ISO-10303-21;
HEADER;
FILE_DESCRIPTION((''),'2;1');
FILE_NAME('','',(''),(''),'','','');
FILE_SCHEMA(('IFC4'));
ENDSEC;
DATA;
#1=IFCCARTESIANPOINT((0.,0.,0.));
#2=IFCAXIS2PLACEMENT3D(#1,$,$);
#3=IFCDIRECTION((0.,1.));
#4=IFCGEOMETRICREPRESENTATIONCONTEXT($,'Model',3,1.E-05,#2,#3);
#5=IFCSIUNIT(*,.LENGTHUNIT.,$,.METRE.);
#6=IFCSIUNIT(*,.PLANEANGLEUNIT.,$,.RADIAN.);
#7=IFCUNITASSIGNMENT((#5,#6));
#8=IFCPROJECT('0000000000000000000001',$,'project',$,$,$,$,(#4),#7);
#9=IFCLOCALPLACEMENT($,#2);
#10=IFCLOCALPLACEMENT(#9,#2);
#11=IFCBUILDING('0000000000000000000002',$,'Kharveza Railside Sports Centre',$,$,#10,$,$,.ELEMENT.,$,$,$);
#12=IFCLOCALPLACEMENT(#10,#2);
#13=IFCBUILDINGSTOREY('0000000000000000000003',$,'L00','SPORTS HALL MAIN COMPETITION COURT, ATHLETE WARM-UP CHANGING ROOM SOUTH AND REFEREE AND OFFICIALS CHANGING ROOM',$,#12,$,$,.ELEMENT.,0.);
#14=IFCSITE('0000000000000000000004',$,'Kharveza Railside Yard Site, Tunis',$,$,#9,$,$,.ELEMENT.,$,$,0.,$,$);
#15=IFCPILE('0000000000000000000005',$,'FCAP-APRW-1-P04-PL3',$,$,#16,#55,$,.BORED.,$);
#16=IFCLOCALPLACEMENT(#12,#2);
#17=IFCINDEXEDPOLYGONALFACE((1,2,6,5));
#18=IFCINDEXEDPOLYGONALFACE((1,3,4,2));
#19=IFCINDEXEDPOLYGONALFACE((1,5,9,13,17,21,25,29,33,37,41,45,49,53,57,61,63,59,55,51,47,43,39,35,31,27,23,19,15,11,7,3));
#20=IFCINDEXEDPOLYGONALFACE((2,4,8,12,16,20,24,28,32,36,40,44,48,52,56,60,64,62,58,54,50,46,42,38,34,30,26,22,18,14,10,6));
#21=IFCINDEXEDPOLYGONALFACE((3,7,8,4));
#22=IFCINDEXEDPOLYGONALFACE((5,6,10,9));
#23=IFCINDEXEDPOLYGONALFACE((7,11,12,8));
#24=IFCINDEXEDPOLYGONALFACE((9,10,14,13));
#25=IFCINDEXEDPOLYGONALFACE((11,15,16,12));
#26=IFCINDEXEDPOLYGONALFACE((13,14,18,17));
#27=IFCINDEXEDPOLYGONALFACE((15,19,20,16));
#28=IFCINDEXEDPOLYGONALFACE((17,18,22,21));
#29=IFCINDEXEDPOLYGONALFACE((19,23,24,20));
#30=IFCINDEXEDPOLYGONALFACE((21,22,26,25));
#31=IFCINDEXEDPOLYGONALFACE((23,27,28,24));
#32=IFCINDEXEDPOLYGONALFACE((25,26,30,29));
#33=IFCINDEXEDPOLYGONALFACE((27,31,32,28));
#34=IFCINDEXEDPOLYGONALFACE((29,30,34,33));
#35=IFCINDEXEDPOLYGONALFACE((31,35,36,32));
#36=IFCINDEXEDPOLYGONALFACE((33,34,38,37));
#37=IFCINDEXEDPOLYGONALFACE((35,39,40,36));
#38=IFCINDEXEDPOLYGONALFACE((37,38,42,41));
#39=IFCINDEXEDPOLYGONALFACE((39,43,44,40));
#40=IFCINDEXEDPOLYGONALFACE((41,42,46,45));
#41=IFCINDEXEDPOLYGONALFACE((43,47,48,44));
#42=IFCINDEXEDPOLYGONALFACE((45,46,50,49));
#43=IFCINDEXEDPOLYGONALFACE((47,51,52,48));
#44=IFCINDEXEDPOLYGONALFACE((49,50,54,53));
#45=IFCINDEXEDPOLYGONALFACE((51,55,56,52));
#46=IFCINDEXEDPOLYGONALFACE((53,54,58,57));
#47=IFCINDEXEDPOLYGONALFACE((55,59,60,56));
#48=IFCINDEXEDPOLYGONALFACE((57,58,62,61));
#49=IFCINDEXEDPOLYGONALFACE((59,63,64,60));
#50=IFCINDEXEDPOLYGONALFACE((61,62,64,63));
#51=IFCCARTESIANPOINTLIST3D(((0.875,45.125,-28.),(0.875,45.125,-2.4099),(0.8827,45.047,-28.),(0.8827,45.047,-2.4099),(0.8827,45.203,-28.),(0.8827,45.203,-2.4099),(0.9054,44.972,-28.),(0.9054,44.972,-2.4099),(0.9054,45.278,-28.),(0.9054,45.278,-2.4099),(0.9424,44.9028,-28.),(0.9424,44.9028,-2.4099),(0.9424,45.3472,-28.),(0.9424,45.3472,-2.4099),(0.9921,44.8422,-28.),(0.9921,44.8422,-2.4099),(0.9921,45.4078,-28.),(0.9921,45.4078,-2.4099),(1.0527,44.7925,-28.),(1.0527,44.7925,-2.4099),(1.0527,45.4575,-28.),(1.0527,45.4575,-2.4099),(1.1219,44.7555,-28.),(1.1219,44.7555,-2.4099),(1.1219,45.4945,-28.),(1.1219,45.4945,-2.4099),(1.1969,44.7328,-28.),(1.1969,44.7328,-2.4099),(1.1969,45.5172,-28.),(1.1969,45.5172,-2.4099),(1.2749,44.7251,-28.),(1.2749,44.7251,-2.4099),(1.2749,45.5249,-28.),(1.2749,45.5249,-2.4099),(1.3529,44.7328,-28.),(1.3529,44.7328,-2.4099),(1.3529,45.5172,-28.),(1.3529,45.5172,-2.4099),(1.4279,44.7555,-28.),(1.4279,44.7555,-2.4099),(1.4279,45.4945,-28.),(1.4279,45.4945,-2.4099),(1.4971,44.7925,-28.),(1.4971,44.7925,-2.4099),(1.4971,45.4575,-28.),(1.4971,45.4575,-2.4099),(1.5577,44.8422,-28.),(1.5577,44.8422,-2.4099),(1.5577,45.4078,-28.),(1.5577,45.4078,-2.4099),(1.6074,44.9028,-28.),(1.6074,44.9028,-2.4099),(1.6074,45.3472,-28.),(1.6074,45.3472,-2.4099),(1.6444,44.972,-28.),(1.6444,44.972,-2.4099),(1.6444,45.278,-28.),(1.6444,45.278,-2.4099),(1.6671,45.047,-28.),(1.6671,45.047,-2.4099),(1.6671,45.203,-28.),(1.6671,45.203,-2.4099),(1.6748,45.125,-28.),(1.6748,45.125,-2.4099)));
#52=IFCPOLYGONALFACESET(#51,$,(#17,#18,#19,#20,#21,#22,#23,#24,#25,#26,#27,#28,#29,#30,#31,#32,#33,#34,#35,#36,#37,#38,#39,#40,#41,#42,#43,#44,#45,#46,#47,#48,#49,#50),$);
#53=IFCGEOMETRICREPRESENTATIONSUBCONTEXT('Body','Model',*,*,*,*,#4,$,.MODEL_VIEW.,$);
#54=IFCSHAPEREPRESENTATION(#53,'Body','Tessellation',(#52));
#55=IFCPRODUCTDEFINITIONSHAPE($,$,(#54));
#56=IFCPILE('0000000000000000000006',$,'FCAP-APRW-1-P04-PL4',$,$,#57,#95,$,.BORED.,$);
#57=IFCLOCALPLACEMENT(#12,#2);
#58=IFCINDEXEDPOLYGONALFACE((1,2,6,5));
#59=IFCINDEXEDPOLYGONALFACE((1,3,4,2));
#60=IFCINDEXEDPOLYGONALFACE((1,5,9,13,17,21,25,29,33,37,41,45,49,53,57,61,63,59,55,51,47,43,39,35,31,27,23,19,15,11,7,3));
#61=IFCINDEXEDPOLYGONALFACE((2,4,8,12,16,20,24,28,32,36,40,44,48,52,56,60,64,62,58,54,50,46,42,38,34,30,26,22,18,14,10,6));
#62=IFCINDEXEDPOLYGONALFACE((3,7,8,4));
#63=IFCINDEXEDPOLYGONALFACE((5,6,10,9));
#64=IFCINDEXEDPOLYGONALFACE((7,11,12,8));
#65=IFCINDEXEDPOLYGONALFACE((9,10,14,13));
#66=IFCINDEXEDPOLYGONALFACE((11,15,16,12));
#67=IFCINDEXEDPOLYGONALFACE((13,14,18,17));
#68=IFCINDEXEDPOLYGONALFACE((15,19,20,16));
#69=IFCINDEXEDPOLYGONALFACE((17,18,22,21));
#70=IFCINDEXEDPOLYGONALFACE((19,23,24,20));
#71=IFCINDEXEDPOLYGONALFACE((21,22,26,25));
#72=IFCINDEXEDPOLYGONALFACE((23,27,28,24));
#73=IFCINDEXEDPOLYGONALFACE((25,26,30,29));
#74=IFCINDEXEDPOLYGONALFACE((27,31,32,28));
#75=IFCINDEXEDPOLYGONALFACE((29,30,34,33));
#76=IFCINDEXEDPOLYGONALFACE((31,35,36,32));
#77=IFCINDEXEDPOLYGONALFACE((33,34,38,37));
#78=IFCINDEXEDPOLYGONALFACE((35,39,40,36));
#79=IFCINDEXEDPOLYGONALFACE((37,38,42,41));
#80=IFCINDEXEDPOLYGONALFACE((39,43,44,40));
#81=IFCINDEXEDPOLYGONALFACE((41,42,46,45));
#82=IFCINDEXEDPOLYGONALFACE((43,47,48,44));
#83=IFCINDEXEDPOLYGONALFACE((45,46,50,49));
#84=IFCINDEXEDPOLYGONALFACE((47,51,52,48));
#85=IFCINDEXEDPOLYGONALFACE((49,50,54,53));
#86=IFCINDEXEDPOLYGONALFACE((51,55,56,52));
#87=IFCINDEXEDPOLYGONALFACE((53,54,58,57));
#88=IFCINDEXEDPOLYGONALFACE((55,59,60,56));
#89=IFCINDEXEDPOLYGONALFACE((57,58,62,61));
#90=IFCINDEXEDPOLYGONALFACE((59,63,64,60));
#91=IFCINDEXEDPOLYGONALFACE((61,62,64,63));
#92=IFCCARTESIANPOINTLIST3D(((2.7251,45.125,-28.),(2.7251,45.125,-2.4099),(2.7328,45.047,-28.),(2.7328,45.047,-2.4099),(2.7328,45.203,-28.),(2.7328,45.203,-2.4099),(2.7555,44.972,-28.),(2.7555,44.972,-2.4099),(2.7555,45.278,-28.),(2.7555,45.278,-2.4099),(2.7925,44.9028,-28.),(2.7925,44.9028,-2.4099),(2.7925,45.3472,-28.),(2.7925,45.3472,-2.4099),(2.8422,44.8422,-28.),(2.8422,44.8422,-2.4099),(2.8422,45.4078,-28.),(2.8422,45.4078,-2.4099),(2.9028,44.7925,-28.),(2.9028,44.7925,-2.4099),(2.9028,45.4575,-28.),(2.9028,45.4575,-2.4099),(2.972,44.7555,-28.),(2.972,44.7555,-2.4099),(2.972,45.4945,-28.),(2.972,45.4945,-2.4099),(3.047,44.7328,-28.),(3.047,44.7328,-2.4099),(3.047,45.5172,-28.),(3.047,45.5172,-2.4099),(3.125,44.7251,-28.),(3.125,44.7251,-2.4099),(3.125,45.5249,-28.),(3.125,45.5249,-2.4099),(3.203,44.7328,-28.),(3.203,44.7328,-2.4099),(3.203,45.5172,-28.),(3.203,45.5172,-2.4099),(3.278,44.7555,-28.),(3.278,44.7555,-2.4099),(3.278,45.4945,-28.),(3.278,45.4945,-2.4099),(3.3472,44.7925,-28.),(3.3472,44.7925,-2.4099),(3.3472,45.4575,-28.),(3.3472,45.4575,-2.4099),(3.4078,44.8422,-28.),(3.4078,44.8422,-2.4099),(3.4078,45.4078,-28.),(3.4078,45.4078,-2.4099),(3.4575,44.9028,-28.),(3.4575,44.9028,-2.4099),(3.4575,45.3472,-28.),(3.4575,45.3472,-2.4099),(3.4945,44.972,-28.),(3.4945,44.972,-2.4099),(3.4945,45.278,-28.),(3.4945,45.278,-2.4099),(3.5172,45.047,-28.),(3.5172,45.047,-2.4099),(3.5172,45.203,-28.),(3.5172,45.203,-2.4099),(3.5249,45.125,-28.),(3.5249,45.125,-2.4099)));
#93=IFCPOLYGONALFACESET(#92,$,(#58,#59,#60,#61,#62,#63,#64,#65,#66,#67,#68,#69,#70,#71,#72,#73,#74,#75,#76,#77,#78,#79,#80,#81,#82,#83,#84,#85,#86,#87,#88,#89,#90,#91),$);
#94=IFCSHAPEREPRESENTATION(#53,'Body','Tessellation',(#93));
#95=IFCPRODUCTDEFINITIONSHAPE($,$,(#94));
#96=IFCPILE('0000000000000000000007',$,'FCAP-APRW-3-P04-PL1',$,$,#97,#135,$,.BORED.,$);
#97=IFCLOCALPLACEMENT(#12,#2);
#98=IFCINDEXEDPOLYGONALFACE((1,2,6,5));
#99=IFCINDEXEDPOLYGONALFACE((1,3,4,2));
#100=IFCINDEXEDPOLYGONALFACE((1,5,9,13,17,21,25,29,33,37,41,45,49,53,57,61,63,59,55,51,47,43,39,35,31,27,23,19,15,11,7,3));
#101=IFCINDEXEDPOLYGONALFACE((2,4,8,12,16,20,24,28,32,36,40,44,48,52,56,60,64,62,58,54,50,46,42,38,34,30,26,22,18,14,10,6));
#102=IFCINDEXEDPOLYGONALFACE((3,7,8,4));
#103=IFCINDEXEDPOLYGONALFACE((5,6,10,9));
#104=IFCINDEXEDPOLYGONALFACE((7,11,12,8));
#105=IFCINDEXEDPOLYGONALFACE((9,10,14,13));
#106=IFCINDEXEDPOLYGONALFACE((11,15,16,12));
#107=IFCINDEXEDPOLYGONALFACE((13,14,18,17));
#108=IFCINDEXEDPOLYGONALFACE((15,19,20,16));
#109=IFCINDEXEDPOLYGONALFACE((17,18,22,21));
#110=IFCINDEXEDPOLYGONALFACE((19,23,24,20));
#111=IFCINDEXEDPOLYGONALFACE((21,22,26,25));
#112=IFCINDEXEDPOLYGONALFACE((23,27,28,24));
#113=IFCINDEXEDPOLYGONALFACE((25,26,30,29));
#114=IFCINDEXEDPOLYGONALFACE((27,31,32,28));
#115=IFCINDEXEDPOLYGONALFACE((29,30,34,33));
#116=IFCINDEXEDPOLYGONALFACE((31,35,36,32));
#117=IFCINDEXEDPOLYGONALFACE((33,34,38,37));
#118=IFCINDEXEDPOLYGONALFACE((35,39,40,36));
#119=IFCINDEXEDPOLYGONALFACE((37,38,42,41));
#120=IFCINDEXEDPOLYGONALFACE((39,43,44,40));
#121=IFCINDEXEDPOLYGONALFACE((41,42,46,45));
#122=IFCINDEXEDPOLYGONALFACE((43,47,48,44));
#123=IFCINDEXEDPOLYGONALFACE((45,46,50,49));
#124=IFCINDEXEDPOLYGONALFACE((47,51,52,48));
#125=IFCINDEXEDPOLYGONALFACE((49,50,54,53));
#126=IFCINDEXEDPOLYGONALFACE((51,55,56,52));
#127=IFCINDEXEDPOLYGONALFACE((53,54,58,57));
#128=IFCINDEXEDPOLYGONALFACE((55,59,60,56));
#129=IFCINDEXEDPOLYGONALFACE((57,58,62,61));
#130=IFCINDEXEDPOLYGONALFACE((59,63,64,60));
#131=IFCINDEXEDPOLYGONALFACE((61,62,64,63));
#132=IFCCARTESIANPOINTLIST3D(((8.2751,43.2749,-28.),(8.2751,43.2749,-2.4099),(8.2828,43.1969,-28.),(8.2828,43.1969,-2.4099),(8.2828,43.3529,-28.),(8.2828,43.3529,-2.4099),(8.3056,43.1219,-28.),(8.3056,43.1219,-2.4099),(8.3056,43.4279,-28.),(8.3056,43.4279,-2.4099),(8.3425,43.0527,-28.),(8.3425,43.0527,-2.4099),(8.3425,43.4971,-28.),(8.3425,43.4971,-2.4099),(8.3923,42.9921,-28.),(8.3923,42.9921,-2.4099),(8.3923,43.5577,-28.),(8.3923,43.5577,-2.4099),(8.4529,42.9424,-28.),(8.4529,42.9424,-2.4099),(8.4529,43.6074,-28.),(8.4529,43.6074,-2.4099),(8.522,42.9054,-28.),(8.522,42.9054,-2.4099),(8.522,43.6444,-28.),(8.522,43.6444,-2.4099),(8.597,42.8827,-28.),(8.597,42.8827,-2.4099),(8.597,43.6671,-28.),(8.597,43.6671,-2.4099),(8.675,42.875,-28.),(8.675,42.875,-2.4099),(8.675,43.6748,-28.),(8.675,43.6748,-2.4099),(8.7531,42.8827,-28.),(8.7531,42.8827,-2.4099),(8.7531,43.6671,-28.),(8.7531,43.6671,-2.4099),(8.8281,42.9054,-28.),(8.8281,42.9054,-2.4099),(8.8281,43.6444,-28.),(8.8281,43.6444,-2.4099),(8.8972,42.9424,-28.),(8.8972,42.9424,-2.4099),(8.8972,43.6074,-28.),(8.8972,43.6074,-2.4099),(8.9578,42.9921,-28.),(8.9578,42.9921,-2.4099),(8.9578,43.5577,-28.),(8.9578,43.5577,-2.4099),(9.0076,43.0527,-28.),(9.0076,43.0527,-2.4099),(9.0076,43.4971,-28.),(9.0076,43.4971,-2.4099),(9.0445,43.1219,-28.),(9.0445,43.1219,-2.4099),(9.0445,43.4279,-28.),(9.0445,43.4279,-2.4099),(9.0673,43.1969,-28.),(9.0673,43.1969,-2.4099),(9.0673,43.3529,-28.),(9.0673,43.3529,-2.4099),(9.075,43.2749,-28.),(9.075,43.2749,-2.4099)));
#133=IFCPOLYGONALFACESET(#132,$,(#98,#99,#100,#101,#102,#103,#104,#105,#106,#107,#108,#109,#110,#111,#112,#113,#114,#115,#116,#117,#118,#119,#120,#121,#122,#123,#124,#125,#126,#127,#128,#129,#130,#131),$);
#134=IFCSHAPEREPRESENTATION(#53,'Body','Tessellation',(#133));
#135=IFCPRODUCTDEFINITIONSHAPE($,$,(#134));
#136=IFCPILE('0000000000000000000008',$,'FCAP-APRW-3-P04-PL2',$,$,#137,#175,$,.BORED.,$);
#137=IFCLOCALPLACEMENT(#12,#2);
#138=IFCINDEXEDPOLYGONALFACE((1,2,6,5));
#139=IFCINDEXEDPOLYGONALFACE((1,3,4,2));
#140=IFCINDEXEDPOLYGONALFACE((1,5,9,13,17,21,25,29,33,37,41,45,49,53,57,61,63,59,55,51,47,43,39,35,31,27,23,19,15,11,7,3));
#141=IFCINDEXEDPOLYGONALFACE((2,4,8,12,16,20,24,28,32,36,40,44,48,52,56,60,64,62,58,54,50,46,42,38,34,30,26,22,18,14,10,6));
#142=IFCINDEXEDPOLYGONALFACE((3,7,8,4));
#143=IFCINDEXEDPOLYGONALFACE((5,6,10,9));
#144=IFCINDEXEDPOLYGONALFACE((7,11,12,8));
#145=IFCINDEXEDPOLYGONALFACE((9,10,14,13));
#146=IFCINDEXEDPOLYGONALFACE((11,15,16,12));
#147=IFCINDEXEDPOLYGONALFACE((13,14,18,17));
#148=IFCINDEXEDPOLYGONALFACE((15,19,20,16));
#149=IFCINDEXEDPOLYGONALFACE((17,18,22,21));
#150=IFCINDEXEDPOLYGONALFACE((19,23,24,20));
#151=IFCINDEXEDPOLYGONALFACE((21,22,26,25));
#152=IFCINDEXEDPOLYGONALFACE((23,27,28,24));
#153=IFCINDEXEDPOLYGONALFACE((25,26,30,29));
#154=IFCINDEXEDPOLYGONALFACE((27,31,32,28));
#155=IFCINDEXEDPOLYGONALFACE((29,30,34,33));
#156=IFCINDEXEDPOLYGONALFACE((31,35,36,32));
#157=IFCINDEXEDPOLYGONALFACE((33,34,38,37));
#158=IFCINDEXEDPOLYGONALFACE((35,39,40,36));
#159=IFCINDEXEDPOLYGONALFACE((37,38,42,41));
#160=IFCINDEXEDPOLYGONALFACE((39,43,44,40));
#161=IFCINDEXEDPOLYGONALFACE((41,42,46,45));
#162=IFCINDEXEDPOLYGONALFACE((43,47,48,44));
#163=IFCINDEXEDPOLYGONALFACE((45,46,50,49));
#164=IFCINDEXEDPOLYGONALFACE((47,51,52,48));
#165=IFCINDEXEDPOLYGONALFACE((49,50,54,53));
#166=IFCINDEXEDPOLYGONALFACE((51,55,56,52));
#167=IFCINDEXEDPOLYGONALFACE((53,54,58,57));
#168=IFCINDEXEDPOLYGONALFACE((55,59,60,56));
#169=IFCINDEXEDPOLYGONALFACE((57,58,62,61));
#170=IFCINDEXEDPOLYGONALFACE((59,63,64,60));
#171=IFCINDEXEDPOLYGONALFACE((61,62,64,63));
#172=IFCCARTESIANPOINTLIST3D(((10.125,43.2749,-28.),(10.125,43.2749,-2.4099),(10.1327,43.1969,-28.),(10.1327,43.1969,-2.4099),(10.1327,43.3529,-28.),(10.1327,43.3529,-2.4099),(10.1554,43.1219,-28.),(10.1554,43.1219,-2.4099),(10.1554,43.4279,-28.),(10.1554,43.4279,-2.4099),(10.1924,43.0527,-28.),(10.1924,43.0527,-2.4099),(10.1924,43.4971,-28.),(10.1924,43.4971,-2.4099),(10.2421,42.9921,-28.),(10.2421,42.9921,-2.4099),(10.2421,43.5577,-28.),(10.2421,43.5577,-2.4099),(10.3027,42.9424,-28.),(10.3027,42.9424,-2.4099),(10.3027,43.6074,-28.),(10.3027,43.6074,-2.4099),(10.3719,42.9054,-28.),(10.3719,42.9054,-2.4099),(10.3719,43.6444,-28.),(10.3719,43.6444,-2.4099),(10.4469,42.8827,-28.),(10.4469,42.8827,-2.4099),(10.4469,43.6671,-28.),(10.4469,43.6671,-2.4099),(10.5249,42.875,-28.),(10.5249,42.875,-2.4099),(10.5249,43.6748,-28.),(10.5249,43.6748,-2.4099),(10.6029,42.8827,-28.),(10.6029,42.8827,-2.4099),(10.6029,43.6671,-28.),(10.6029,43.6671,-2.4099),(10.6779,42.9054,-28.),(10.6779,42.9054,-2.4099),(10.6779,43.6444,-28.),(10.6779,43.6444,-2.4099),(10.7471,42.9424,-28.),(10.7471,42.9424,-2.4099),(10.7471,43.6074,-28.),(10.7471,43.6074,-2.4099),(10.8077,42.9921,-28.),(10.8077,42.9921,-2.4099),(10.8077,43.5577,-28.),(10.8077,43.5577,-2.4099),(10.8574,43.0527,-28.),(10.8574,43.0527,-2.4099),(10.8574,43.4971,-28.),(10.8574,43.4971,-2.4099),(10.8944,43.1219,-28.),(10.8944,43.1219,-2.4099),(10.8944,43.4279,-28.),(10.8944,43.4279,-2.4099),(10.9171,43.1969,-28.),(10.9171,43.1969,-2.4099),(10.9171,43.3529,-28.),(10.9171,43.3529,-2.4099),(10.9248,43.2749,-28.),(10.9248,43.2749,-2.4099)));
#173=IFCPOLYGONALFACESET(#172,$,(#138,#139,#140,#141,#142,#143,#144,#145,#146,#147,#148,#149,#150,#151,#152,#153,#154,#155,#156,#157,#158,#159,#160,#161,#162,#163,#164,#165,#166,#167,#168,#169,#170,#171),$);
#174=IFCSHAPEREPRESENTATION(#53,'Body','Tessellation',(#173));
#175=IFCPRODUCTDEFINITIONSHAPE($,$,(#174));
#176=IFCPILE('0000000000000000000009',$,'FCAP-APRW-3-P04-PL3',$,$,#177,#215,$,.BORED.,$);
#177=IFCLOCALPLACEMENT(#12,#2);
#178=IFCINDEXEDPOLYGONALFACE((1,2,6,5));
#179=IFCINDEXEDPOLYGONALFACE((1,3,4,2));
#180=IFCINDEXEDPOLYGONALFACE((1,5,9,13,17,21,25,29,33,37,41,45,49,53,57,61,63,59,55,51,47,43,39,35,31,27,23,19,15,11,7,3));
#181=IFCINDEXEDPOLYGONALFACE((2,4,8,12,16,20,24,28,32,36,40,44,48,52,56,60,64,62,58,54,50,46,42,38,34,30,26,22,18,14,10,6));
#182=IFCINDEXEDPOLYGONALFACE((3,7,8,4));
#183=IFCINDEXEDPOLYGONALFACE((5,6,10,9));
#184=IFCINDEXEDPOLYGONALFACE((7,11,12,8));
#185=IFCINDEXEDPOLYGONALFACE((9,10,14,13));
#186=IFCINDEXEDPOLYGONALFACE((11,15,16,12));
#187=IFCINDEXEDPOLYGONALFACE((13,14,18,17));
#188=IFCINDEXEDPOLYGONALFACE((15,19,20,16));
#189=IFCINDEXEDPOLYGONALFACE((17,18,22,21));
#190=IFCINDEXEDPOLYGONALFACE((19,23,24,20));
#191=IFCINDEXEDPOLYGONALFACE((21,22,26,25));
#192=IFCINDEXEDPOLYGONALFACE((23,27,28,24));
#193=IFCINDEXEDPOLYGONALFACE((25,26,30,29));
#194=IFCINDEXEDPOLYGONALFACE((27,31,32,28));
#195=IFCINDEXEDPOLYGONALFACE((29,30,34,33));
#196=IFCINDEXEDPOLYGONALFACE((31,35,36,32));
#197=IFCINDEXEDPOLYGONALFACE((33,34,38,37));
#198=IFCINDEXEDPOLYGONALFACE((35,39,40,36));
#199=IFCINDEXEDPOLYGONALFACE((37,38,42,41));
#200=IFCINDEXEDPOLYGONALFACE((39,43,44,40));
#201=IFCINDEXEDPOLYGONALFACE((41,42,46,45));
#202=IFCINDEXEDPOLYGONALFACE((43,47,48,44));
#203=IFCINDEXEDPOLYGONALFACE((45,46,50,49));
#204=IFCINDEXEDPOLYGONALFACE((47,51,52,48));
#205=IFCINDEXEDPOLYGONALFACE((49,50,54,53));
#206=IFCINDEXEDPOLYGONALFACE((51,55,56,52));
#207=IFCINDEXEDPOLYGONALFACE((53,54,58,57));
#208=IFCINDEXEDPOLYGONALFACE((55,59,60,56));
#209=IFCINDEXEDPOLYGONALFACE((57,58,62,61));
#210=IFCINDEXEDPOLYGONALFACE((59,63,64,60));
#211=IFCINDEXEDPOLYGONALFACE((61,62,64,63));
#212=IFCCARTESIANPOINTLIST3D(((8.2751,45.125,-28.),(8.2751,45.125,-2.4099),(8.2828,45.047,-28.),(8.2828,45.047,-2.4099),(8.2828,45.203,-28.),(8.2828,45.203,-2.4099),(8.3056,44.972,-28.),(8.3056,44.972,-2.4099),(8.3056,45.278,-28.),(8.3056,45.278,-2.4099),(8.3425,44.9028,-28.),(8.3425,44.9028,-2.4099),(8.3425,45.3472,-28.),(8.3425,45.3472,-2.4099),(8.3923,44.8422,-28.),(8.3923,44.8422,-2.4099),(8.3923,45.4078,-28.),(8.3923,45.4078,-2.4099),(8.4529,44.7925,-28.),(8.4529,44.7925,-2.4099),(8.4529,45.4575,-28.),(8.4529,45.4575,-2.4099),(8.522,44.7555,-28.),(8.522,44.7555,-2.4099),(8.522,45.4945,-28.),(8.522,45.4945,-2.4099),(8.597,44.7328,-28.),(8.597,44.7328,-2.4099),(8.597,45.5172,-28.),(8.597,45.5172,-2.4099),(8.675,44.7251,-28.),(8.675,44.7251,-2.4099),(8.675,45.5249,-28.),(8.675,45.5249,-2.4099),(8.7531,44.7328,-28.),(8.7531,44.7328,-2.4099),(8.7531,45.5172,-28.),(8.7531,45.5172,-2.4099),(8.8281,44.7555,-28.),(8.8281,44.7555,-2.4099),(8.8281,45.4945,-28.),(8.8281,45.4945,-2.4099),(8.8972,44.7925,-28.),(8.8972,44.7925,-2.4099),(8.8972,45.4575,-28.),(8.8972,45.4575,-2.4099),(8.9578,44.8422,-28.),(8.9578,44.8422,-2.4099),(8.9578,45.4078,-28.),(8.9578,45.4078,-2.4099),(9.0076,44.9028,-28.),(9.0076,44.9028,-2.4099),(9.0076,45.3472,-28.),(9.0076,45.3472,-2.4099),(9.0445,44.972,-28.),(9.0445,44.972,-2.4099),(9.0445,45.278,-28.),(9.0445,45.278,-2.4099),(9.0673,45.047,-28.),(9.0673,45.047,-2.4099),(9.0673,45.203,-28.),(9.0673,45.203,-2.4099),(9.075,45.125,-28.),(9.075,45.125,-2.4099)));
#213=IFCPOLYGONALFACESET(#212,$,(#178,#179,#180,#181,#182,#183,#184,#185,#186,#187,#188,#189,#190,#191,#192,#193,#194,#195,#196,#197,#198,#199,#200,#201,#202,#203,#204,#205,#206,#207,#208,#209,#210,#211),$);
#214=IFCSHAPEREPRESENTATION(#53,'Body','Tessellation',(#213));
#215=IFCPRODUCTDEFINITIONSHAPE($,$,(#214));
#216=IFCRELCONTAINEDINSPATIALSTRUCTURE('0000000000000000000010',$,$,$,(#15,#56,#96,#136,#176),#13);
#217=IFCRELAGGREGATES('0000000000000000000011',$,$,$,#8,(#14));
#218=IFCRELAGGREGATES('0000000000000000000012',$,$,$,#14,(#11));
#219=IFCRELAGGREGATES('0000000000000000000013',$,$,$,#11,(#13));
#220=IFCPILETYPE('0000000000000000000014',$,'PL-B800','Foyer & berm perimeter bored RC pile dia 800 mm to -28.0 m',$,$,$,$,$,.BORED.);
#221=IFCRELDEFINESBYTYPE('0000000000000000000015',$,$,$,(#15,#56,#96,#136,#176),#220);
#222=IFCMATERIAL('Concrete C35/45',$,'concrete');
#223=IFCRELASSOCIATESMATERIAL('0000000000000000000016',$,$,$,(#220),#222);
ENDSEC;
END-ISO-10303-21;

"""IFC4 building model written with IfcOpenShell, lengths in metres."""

from ifc_helpers import new_model, si_unit, direction, frame, origin, origin_2d, place, context, subcontext, project, spatial, circle, extrude, material, material_profile, profile_set, type_object, element, save


model = new_model("IFC4")

# Units and contexts
model_context = context("Model", 3, precision=1e-05, world=origin(), true_north=direction((0.0, 1.0)))
body_context = subcontext(model_context, "Body", "Model", "MODEL_VIEW")
ifc_project = project(units=[si_unit("LENGTHUNIT", "METRE"), si_unit("PLANEANGLEUNIT", "RADIAN")], contexts=[model_context])

# Site, building, storey
site_placement = place(None, origin())
site = spatial("IfcSite", under=ifc_project, at=site_placement, Name="Kharveza Railside Yard Site, Tunis", CompositionType="ELEMENT", RefElevation=0.0)
building_placement = place(site_placement, origin())
building = spatial("IfcBuilding", under=site, at=building_placement, Name="Kharveza Railside Sports Centre", CompositionType="ELEMENT")
storey_placement = place(building_placement, origin())
storey = spatial("IfcBuildingStorey", under=building, at=storey_placement, Name="L00", Description="SPORTS HALL MAIN COMPETITION COURT, ATHLETE WARM-UP CHANGING ROOM SOUTH AND REFEREE AND OFFICIALS CHANGING ROOM", CompositionType="ELEMENT", Elevation=0.0)

# Shared definitions
ifc_material_1 = material(Name="Concrete C35/45", Category="concrete")

# Piles
ifc_material_profile_1 = material_profile(ifc_material_1, circle(Radius=0.3999, at=origin_2d()), Name="PILE D800")
ifc_profile_set_1 = profile_set([ifc_material_profile_1], Name="Concrete C35/45")
pile_type_1 = type_object("IfcPileType", Name="PL-B800", Description="Foyer & berm perimeter bored RC pile dia 800 mm to -28.0 m", PredefinedType="BORED", material=ifc_profile_set_1)
for number, where, z_axis, x_axis, name in (
    (1, (1.2749, 45.125, -2.4099), (0.0, 0.0, -1.0), (1.0, 0.0, 0.0), "FCAP-APRW-1-P04-PL3"),
    (2, (3.125, 45.125, -2.4099), (0.0, 0.0, -1.0), (1.0, 0.0, 0.0), "FCAP-APRW-1-P04-PL4"),
    (3, (8.675, 43.2749, -2.4099), (0.0, 0.0, -1.0), (1.0, 0.0, 0.0), "FCAP-APRW-3-P04-PL1"),
    (4, (10.5249, 43.2749, -2.4099), (0.0, 0.0, -1.0), (1.0, 0.0, 0.0), "FCAP-APRW-3-P04-PL2"),
    (5, (8.675, 45.125, -2.4099), (0.0, 0.0, -1.0), (1.0, 0.0, 0.0), "FCAP-APRW-3-P04-PL3"),
):
    element("IfcPile", number, at=place(storey_placement, frame(where, z_axis=z_axis, x_axis=x_axis)), inside=storey, type_object=pile_type_1, Name=name, PredefinedType="BORED", context=body_context, shape_type="SweptSolid", body=[
        extrude(circle(Radius=0.3999, at=origin_2d()), origin(), (0.0, 0.0, 1.0), 25.5901),
    ])

save(model, "model.ifc")
